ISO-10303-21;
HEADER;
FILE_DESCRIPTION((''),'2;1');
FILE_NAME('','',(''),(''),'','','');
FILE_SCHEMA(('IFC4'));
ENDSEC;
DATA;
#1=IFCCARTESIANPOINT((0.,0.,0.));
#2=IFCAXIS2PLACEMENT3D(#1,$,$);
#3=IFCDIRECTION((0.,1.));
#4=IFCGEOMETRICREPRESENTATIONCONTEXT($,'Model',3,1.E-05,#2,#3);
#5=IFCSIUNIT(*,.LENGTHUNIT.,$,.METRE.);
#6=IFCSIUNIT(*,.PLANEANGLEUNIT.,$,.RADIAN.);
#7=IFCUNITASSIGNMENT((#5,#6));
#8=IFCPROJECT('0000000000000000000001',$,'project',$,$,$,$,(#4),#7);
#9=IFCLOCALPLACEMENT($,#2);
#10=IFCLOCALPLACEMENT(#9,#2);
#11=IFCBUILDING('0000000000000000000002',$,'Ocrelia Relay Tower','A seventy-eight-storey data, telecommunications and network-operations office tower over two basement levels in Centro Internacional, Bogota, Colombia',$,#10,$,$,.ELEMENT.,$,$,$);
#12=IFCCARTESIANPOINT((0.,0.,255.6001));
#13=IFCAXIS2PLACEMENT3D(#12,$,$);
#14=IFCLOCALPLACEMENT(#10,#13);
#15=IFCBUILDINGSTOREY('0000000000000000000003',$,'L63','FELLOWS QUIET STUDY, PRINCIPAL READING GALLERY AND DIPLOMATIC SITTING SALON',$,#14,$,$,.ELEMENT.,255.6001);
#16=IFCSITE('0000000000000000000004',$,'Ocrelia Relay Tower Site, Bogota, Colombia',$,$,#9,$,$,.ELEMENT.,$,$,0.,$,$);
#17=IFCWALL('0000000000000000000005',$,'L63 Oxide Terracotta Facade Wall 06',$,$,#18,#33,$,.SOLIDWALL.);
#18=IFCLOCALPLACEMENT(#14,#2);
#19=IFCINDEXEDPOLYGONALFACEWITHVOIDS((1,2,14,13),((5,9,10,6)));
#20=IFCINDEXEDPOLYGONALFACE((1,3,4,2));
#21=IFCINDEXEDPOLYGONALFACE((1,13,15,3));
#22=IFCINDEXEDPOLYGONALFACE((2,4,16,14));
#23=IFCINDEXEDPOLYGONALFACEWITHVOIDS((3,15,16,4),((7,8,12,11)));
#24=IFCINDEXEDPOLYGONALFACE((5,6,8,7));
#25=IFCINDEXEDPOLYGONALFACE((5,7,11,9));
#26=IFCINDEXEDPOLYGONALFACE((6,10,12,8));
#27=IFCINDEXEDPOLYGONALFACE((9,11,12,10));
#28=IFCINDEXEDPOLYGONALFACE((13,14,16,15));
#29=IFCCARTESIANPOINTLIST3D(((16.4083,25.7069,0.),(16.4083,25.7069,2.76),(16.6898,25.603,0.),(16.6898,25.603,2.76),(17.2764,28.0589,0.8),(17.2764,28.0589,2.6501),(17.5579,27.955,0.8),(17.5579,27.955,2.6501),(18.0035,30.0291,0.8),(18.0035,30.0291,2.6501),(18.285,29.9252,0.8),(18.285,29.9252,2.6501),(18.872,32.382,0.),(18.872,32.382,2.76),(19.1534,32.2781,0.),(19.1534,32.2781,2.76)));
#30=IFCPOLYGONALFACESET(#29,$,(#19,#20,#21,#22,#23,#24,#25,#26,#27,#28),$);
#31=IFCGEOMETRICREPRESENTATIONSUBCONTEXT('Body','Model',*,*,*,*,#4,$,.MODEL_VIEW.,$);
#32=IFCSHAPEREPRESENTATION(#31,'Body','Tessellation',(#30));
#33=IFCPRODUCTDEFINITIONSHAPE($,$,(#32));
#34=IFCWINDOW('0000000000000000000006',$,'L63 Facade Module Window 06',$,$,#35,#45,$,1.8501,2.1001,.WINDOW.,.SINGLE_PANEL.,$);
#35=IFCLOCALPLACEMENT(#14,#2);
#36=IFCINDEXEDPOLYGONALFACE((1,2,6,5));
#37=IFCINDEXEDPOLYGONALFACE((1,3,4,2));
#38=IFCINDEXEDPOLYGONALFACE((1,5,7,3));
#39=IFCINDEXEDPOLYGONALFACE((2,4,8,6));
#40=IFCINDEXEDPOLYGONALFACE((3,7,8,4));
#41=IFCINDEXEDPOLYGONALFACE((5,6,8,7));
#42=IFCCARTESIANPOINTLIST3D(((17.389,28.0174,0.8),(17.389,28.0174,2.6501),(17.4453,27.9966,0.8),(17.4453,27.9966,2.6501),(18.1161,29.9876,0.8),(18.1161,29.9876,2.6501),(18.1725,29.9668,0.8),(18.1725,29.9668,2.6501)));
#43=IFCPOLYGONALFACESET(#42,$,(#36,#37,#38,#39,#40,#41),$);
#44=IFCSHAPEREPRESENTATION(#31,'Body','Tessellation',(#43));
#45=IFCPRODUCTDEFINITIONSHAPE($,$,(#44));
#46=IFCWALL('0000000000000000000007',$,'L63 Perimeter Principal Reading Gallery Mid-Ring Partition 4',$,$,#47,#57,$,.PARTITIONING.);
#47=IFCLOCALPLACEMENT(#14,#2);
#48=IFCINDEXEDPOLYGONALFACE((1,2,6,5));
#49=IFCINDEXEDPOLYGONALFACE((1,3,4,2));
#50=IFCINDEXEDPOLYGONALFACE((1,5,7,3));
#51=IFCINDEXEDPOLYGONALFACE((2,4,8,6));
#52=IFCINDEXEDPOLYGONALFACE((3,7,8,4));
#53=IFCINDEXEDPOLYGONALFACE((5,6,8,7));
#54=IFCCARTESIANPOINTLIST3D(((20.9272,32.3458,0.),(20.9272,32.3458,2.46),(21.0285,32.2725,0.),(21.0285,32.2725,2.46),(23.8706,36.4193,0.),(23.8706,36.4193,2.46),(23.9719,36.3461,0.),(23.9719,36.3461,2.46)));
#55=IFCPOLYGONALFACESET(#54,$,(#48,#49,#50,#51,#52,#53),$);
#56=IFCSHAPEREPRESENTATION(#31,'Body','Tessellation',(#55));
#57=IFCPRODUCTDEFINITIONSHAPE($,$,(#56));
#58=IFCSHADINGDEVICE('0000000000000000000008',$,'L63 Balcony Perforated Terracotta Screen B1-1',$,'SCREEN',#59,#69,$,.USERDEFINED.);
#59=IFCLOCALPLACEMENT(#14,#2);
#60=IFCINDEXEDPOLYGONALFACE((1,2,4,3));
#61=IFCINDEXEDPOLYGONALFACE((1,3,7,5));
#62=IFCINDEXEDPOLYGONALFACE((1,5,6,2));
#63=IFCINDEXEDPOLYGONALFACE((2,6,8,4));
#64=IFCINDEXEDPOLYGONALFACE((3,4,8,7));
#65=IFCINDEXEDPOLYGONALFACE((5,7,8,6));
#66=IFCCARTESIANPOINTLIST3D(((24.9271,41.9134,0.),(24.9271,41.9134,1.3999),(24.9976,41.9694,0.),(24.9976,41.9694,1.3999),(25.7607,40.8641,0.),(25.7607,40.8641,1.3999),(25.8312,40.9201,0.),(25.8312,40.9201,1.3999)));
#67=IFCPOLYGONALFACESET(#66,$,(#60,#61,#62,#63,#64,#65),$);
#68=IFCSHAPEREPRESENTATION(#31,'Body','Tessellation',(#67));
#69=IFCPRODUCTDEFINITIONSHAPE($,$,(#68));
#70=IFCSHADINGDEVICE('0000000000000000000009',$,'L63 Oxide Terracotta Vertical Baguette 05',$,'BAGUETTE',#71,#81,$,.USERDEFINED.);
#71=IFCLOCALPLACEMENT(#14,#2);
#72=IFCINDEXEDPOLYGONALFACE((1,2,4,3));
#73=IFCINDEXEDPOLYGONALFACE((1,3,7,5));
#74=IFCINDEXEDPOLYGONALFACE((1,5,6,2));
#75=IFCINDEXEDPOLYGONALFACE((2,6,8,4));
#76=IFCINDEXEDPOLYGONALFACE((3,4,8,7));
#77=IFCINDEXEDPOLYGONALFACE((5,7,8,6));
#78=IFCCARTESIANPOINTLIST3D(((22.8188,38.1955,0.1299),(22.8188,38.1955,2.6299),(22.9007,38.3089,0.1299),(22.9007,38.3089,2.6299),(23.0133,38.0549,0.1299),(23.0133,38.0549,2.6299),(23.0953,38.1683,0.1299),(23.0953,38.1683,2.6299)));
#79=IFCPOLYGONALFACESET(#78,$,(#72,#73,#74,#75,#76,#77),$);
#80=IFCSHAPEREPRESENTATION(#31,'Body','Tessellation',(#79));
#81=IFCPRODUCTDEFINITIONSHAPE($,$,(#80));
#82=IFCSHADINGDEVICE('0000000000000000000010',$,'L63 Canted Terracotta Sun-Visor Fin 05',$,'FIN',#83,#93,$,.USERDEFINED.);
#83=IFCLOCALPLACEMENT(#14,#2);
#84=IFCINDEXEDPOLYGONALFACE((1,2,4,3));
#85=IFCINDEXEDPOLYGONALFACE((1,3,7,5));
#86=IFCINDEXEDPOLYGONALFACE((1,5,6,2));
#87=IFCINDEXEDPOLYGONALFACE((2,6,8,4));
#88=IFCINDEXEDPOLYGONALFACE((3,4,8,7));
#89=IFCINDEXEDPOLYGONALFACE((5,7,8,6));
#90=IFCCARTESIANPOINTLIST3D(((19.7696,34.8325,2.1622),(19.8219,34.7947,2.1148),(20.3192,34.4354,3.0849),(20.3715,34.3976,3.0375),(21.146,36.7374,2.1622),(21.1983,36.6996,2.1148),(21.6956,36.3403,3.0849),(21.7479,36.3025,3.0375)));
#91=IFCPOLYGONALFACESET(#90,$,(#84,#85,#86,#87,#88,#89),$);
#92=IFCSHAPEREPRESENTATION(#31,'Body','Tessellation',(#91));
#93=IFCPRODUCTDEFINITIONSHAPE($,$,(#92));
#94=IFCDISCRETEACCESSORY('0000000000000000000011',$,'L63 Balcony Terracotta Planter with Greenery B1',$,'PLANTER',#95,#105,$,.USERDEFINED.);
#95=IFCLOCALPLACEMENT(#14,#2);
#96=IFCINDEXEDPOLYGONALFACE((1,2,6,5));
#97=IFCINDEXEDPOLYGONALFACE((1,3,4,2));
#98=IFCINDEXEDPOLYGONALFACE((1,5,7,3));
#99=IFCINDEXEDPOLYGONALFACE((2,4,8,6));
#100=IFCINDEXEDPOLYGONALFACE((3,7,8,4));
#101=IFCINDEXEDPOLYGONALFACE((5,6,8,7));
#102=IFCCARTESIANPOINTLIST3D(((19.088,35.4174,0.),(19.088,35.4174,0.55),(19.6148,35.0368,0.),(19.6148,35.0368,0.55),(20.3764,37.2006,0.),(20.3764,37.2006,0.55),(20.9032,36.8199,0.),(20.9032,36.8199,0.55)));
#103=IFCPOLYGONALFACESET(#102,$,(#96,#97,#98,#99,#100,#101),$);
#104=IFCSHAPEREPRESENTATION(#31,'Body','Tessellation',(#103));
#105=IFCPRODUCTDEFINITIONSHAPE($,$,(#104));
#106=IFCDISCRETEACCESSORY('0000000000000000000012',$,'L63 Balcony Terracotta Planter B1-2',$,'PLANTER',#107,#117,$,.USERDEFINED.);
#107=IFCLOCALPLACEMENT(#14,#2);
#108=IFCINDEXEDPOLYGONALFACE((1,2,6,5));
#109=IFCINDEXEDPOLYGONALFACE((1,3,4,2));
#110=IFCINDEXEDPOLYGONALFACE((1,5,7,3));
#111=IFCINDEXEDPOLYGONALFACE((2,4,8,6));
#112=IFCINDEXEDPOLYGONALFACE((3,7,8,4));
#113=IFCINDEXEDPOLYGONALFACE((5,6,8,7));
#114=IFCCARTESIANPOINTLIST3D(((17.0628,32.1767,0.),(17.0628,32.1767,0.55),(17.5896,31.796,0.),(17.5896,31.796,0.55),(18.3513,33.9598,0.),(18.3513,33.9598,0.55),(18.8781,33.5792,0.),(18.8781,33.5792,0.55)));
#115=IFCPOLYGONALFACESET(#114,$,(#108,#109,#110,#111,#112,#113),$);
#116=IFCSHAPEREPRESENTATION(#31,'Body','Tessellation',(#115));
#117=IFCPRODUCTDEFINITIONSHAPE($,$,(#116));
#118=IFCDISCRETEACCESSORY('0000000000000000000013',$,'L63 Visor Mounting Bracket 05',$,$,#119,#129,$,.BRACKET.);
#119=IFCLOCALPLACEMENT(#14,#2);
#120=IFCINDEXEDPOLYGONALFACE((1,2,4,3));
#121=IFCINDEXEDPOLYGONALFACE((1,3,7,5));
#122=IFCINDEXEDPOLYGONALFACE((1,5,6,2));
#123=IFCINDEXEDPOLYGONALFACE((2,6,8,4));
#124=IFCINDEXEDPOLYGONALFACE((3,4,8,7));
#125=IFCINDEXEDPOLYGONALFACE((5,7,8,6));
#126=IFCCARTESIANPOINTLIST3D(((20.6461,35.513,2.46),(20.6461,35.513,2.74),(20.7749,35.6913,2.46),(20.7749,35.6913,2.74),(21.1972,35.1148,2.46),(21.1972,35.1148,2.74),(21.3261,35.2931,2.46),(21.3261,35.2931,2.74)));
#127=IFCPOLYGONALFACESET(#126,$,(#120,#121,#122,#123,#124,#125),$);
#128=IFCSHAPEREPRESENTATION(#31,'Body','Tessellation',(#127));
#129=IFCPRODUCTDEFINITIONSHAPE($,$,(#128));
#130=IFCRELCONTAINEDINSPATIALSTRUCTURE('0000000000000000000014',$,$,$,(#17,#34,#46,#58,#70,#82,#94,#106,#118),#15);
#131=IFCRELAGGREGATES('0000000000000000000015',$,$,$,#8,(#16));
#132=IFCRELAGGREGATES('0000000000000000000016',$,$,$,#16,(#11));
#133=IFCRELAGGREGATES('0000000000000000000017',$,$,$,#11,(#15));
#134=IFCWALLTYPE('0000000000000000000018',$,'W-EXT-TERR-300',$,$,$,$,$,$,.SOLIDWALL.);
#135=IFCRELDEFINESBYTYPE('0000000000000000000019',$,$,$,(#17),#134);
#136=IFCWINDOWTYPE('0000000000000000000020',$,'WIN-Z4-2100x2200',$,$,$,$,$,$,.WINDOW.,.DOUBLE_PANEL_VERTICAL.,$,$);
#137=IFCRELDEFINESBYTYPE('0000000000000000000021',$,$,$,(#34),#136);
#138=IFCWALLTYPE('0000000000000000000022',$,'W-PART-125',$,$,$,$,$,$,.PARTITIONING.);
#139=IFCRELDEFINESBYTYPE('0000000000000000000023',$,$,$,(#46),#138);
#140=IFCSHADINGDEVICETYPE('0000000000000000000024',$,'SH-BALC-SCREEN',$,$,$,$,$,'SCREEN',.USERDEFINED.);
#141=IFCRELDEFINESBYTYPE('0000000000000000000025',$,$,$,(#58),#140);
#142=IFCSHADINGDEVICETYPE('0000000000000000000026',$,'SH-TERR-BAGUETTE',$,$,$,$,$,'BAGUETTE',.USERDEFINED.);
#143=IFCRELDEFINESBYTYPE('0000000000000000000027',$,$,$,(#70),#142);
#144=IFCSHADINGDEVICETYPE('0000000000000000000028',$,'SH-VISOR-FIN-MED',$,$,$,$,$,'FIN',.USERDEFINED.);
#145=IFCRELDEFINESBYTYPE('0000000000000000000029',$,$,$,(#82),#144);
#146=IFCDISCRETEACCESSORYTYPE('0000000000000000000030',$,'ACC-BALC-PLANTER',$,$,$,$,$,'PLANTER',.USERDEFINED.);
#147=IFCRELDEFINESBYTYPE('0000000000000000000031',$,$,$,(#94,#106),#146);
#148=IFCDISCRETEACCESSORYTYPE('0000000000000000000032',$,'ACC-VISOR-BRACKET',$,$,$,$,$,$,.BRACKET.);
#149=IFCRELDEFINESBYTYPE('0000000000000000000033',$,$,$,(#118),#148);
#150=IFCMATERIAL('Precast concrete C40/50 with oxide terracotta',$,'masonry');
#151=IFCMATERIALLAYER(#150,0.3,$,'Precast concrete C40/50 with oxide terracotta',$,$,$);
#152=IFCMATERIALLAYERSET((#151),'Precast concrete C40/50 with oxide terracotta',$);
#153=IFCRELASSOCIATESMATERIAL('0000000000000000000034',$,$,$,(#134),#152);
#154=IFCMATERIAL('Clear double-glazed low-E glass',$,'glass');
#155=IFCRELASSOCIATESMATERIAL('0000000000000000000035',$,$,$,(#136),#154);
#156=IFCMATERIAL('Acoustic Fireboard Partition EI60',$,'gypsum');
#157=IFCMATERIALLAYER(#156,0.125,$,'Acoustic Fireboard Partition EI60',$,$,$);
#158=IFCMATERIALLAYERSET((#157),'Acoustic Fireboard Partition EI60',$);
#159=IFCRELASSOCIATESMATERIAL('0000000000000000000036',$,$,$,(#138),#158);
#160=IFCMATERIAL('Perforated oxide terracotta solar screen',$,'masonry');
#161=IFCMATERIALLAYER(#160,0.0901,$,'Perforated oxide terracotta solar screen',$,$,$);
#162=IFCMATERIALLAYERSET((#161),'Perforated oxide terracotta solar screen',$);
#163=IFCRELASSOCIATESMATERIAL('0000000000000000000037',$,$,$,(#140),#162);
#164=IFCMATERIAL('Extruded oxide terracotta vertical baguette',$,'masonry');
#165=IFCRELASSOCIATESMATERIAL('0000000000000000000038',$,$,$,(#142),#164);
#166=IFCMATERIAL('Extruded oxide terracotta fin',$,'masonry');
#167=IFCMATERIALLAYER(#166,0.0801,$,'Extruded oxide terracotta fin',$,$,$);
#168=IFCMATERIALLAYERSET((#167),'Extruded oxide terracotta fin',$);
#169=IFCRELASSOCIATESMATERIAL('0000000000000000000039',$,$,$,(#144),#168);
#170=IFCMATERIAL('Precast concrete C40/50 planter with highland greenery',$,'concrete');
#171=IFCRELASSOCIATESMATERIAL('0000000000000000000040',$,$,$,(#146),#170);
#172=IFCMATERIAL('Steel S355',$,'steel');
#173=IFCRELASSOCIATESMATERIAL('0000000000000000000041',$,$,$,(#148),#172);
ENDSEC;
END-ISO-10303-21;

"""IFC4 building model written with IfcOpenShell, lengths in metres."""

from ifc_helpers import new_model, si_unit, direction, frame, frame_2d, origin, origin_2d, place, context, subcontext, project, spatial, rectangle, extrude, material, layer, layer_set, type_object, element, fill, save


model = new_model("IFC4")

# Units and contexts
model_context = context("Model", 3, precision=1e-05, world=origin(), true_north=direction((0.0, 1.0)))
body_context = subcontext(model_context, "Body", "Model", "MODEL_VIEW")
ifc_project = project(units=[si_unit("LENGTHUNIT", "METRE"), si_unit("PLANEANGLEUNIT", "RADIAN")], contexts=[model_context])

# Site, building, storey
site_placement = place(None, origin())
site = spatial("IfcSite", under=ifc_project, at=site_placement, Name="Ocrelia Relay Tower Site, Bogota, Colombia", CompositionType="ELEMENT", RefElevation=0.0)
building_placement = place(site_placement, origin())
building = spatial("IfcBuilding", under=site, at=building_placement, Name="Ocrelia Relay Tower", Description="A seventy-eight-storey data, telecommunications and network-operations office tower over two basement levels in Centro Internacional, Bogota, Colombia", CompositionType="ELEMENT")
storey_placement = place(building_placement, frame((0.0, 0.0, 255.6001)))
storey = spatial("IfcBuildingStorey", under=building, at=storey_placement, Name="L63", Description="FELLOWS QUIET STUDY, PRINCIPAL READING GALLERY AND DIPLOMATIC SITTING SALON", CompositionType="ELEMENT", Elevation=255.6001)

# Shared definitions
ifc_material_1 = material(Name="Steel S355", Category="steel")

# Shared definitions
ifc_material_2 = material(Name="Precast concrete C40/50 with oxide terracotta", Category="masonry")
ifc_layer_1 = layer(ifc_material_2, 0.3, Name="Precast concrete C40/50 with oxide terracotta")
ifc_layer_set_1 = layer_set([ifc_layer_1], Name="Precast concrete C40/50 with oxide terracotta")
wall_type_1 = type_object("IfcWallType", Name="W-EXT-TERR-300", PredefinedType="SOLIDWALL", material=ifc_layer_set_1)

# Wall, opening, window
wall_1_placement = place(storey_placement, frame((19.0127, 32.3301, 0.0), z_axis=(0.0, 0.0, 1.0), x_axis=(-0.346249, -0.938143, 0.0)))
wall_1 = element("IfcWall", 1, at=wall_1_placement, inside=storey, type_object=wall_type_1, Name="L63 Oxide Terracotta Facade Wall 06", PredefinedType="SOLIDWALL", context=body_context, shape_type="SweptSolid", body=[
    extrude(rectangle(XDim=7.1152, YDim=0.3, at=frame_2d((3.5576, 0.0))), origin(), (0.0, 0.0, 1.0), 2.76),
])
opening_1_placement = place(wall_1_placement, frame((2.5081, 0.0, 0.8)))
opening_1 = element("IfcOpeningElement", 2, at=opening_1_placement, cuts=wall_1, PredefinedType="OPENING", context=body_context, shape_type="SweptSolid", body=[
    extrude(rectangle(XDim=2.1001, YDim=1.8501, at=frame_2d((1.05, 0.925))), frame((0.0, 0.1602, 0.0), z_axis=(0.0, -1.0, 0.0), x_axis=(1.0, 0.0, 0.0)), (0.0, 0.0, 1.0), 0.3201),
])
ifc_material_3 = material(Name="Clear double-glazed low-E glass", Category="glass")
window_type = type_object("IfcWindowType", Name="WIN-Z4-2100x2200", PartitioningType="DOUBLE_PANEL_VERTICAL", PredefinedType="WINDOW", material=ifc_material_3)
window_placement = place(opening_1_placement, origin())
window = element("IfcWindow", 3, at=window_placement, inside=storey, type_object=window_type, Name="L63 Facade Module Window 06", OverallHeight=1.8501, OverallWidth=2.1001, PartitioningType="SINGLE_PANEL", PredefinedType="WINDOW", context=body_context, shape_type="SweptSolid", body=[
    extrude(rectangle(XDim=2.1001, YDim=1.8501, at=frame_2d((1.05, 0.925))), frame((0.0, 0.03, 0.0), z_axis=(0.0, -1.0, 0.0), x_axis=(1.0, 0.0, 0.0)), (0.0, 0.0, 1.0), 0.0601),
])
fill(opening_1, window)

# Wall
ifc_material_4 = material(Name="Acoustic Fireboard Partition EI60", Category="gypsum")
ifc_layer_2 = layer(ifc_material_4, 0.125, Name="Acoustic Fireboard Partition EI60")
ifc_layer_set_2 = layer_set([ifc_layer_2], Name="Acoustic Fireboard Partition EI60")
wall_type_2 = type_object("IfcWallType", Name="W-PART-125", PredefinedType="PARTITIONING", material=ifc_layer_set_2)
wall_2_placement = place(storey_placement, frame((23.9211, 36.3826, 0.0), z_axis=(0.0, 0.0, 1.0), x_axis=(-0.585673, -0.810547, 0.0)))
element("IfcWall", 4, at=wall_2_placement, inside=storey, type_object=wall_type_2, Name="L63 Perimeter Principal Reading Gallery Mid-Ring Partition 4", PredefinedType="PARTITIONING", context=body_context, shape_type="SweptSolid", body=[
    extrude(rectangle(XDim=5.0256, YDim=0.125, at=frame_2d((2.5127, 0.0))), origin(), (0.0, 0.0, 1.0), 2.46),
])

# Shading devices
ifc_material_5 = material(Name="Perforated oxide terracotta solar screen", Category="masonry")
ifc_layer_3 = layer(ifc_material_5, 0.0901, Name="Perforated oxide terracotta solar screen")
ifc_layer_set_3 = layer_set([ifc_layer_3], Name="Perforated oxide terracotta solar screen")
shading_device_type_1 = type_object("IfcShadingDeviceType", Name="SH-BALC-SCREEN", ElementType="SCREEN", PredefinedType="USERDEFINED", material=ifc_layer_set_3)
shading_device_1_placement = place(storey_placement, frame((25.3792, 41.4167, 0.0), z_axis=(0.0, 0.0, 1.0), x_axis=(-0.622031, 0.782993, 0.0)))
element("IfcShadingDevice", 5, at=shading_device_1_placement, inside=storey, type_object=shading_device_type_1, Name="L63 Balcony Perforated Terracotta Screen B1-1", ObjectType="SCREEN", PredefinedType="USERDEFINED", context=body_context, shape_type="SweptSolid", body=[
    extrude(rectangle(XDim=1.3401, YDim=0.0901, at=origin_2d()), origin(), (0.0, 0.0, 1.0), 1.3999),
])
ifc_material_6 = material(Name="Extruded oxide terracotta vertical baguette", Category="masonry")
shading_device_type_2 = type_object("IfcShadingDeviceType", Name="SH-TERR-BAGUETTE", ElementType="BAGUETTE", PredefinedType="USERDEFINED", material=ifc_material_6)
shading_device_2_placement = place(storey_placement, frame((22.957, 38.1819, 0.1299), z_axis=(0.0, 0.0, 1.0), x_axis=(-0.58566, -0.810557, 0.0)))
element("IfcShadingDevice", 6, at=shading_device_2_placement, inside=storey, type_object=shading_device_type_2, Name="L63 Oxide Terracotta Vertical Baguette 05", ObjectType="BAGUETTE", PredefinedType="USERDEFINED", context=body_context, shape_type="SweptSolid", body=[
    extrude(rectangle(XDim=0.1399, YDim=0.24, at=origin_2d()), origin(), (0.0, 0.0, 1.0), 2.5),
])
ifc_material_7 = material(Name="Extruded oxide terracotta fin", Category="masonry")
ifc_layer_4 = layer(ifc_material_7, 0.0801, Name="Extruded oxide terracotta fin")
ifc_layer_set_4 = layer_set([ifc_layer_4], Name="Extruded oxide terracotta fin")
shading_device_type_3 = type_object("IfcShadingDeviceType", Name="SH-VISOR-FIN-MED", ElementType="FIN", PredefinedType="USERDEFINED", material=ifc_layer_set_4)
shading_device_3_placement = place(storey_placement, frame((20.7849, 35.5486, 2.5762), z_axis=(-0.653167, 0.47194, 0.592154), x_axis=(-0.58566, -0.810557, 0.0)))
element("IfcShadingDevice", 7, at=shading_device_3_placement, inside=storey, type_object=shading_device_type_3, Name="L63 Canted Terracotta Sun-Visor Fin 05", ObjectType="FIN", PredefinedType="USERDEFINED", context=body_context, shape_type="SweptSolid", body=[
    extrude(rectangle(XDim=2.3501, YDim=1.145, at=origin_2d()), origin(), (0.0, 0.0, 1.0), 0.0801),
])

# Discrete accessories
ifc_material_8 = material(Name="Precast concrete C40/50 planter with highland greenery", Category="concrete")
discrete_accessory_type_1 = type_object("IfcDiscreteAccessoryType", Name="ACC-BALC-PLANTER", ElementType="PLANTER", PredefinedType="USERDEFINED", material=ifc_material_8)
for number, where, z_axis, x_axis, name in (
    (8, (19.9956, 36.1187, 0.0), (0.0, 0.0, 1.0), (0.585667, 0.810552, 0.0), "L63 Balcony Terracotta Planter with Greenery B1"),
    (9, (17.9705, 32.8779, 0.0), (0.0, 0.0, 1.0), (0.585667, 0.810552, 0.0), "L63 Balcony Terracotta Planter B1-2"),
):
    element("IfcDiscreteAccessory", number, at=place(storey_placement, frame(where, z_axis=z_axis, x_axis=x_axis)), inside=storey, type_object=discrete_accessory_type_1, Name=name, ObjectType="PLANTER", PredefinedType="USERDEFINED", context=body_context, shape_type="SweptSolid", body=[
        extrude(rectangle(XDim=2.2, YDim=0.6499, at=origin_2d()), origin(), (0.0, 0.0, 1.0), 0.55),
    ])
discrete_accessory_type_2 = type_object("IfcDiscreteAccessoryType", Name="ACC-VISOR-BRACKET", PredefinedType="BRACKET", material=ifc_material_1)
discrete_accessory_placement = place(storey_placement, frame((20.9861, 35.4031, 2.46), z_axis=(0.0, 0.0, 1.0), x_axis=(-0.58566, -0.810557, 0.0)))
element("IfcDiscreteAccessory", 10, at=discrete_accessory_placement, inside=storey, type_object=discrete_accessory_type_2, Name="L63 Visor Mounting Bracket 05", PredefinedType="BRACKET", context=body_context, shape_type="SweptSolid", body=[
    extrude(rectangle(XDim=0.22, YDim=0.6799, at=origin_2d()), origin(), (0.0, 0.0, 1.0), 0.28),
])

save(model, "model.ifc")
